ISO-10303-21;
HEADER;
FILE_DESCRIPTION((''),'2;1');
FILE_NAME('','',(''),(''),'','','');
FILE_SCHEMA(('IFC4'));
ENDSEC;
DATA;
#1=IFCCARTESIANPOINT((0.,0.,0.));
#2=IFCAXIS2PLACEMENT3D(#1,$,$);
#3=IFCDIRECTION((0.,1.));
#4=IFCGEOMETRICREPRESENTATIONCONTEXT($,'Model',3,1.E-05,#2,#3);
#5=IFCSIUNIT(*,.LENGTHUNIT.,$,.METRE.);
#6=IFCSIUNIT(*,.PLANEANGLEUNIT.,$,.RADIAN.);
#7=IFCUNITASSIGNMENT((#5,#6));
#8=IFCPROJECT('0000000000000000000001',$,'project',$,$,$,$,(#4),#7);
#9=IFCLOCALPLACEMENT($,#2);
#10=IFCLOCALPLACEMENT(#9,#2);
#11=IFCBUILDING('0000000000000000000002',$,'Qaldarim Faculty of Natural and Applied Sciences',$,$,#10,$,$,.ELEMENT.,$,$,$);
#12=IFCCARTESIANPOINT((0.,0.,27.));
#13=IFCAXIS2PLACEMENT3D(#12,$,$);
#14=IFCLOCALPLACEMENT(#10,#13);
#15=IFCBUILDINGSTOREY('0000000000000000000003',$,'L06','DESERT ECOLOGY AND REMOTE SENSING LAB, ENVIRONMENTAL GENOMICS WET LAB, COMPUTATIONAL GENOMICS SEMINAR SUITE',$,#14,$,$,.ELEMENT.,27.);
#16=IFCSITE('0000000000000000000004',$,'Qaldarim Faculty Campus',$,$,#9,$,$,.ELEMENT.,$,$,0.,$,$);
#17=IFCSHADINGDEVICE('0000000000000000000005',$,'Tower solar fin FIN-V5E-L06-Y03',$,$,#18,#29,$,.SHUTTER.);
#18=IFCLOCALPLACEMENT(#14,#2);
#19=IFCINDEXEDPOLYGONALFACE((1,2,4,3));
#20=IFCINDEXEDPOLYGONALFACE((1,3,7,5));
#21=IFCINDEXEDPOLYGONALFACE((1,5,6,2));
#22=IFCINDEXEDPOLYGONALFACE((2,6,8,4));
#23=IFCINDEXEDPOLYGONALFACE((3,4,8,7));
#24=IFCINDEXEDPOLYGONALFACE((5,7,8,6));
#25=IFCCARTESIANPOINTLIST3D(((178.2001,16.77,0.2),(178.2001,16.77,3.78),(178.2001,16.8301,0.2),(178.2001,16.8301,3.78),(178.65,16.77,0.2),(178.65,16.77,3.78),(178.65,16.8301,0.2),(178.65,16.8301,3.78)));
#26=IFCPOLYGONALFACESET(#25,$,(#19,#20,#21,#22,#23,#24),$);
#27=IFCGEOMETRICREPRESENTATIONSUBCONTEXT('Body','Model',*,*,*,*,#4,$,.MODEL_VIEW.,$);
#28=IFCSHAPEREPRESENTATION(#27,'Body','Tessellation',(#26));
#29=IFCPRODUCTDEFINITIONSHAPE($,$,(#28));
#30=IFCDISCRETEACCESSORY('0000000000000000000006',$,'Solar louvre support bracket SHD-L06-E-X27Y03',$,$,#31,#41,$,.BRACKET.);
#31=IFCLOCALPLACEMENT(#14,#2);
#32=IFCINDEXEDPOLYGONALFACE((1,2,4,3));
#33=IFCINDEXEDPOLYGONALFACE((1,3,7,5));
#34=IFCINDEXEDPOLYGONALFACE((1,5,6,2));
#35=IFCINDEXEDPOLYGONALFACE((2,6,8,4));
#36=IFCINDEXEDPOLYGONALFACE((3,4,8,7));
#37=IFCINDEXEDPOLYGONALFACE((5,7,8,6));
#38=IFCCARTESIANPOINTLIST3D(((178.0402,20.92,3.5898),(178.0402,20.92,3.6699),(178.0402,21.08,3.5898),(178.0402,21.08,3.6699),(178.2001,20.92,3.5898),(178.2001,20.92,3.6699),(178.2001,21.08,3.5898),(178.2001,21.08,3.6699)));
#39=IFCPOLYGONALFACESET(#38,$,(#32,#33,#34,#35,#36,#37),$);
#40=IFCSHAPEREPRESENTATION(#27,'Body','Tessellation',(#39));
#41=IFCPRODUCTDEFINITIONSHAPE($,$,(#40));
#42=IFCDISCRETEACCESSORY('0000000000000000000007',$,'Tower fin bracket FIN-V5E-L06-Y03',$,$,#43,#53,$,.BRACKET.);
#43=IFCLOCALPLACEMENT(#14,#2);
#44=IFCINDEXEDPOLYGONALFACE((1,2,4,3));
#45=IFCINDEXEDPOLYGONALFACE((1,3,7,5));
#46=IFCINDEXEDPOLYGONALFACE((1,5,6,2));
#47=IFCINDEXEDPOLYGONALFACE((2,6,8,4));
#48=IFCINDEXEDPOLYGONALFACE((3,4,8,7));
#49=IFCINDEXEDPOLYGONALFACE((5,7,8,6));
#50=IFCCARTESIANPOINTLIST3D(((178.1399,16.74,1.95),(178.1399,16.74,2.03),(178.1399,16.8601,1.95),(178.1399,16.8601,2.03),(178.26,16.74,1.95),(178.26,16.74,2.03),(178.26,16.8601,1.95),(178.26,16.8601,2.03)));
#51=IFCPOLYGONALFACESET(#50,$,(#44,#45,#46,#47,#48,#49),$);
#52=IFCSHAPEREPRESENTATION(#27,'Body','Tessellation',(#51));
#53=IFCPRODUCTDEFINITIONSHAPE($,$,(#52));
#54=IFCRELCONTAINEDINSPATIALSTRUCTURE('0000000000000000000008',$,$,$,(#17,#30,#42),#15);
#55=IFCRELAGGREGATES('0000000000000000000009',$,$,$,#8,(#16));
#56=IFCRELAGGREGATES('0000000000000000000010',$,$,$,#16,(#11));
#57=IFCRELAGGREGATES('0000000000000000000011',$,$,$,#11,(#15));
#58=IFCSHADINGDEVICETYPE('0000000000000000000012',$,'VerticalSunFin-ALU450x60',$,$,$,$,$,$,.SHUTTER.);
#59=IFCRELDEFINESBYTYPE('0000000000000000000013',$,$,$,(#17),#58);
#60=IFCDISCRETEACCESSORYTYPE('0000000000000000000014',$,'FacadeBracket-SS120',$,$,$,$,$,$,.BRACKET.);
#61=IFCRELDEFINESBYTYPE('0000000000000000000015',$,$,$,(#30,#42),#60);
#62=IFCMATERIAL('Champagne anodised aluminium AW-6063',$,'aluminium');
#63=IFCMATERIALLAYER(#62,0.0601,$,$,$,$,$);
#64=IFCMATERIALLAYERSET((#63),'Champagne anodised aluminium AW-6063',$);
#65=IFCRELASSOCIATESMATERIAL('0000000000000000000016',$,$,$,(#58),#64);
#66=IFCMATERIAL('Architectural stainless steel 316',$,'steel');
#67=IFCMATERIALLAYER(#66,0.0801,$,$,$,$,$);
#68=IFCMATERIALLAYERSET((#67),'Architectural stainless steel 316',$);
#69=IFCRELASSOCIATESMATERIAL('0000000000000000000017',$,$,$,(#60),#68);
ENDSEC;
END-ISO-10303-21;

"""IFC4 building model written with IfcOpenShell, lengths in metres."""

from ifc_helpers import new_model, si_unit, direction, frame, origin, origin_2d, place, context, subcontext, project, spatial, rectangle, extrude, material, layer, layer_set, type_object, element, save


model = new_model("IFC4")

# Units and contexts
model_context = context("Model", 3, precision=1e-05, world=origin(), true_north=direction((0.0, 1.0)))
body_context = subcontext(model_context, "Body", "Model", "MODEL_VIEW")
ifc_project = project(units=[si_unit("LENGTHUNIT", "METRE"), si_unit("PLANEANGLEUNIT", "RADIAN")], contexts=[model_context])

# Site, building, storey
site_placement = place(None, origin())
site = spatial("IfcSite", under=ifc_project, at=site_placement, Name="Qaldarim Faculty Campus", CompositionType="ELEMENT", RefElevation=0.0)
building_placement = place(site_placement, origin())
building = spatial("IfcBuilding", under=site, at=building_placement, Name="Qaldarim Faculty of Natural and Applied Sciences", CompositionType="ELEMENT")
storey_placement = place(building_placement, frame((0.0, 0.0, 27.0)))
storey = spatial("IfcBuildingStorey", under=building, at=storey_placement, Name="L06", Description="DESERT ECOLOGY AND REMOTE SENSING LAB, ENVIRONMENTAL GENOMICS WET LAB, COMPUTATIONAL GENOMICS SEMINAR SUITE", CompositionType="ELEMENT", Elevation=27.0)

# Shading device
ifc_material_1 = material(Name="Champagne anodised aluminium AW-6063", Category="aluminium")
ifc_layer_1 = layer(ifc_material_1, 0.0601)
ifc_layer_set_1 = layer_set([ifc_layer_1], Name="Champagne anodised aluminium AW-6063")
shading_device_type_1 = type_object("IfcShadingDeviceType", Name="VerticalSunFin-ALU450x60", PredefinedType="SHUTTER", material=ifc_layer_set_1)
shading_device_1_placement = place(storey_placement, frame((178.425, 16.8, 0.2), z_axis=(0.0, 0.0, 1.0), x_axis=(1.0, 0.0, 0.0)))
element("IfcShadingDevice", 1, at=shading_device_1_placement, inside=storey, type_object=shading_device_type_1, Name="Tower solar fin FIN-V5E-L06-Y03", PredefinedType="SHUTTER", context=body_context, shape_type="SweptSolid", body=[
    extrude(rectangle(XDim=0.45, YDim=0.0601, at=origin_2d()), origin(), (0.0, 0.0, 1.0), 3.5801),
])

# Discrete accessories
ifc_material_2 = material(Name="Architectural stainless steel 316", Category="steel")
ifc_layer_2 = layer(ifc_material_2, 0.0801)
ifc_layer_set_2 = layer_set([ifc_layer_2], Name="Architectural stainless steel 316")
discrete_accessory_type = type_object("IfcDiscreteAccessoryType", Name="FacadeBracket-SS120", PredefinedType="BRACKET", material=ifc_layer_set_2)
discrete_accessory_1_placement = place(storey_placement, frame((178.1201, 21.0, 3.5898), z_axis=(0.0, 0.0, 1.0), x_axis=(0.0, 1.0, 0.0)))
element("IfcDiscreteAccessory", 2, at=discrete_accessory_1_placement, inside=storey, type_object=discrete_accessory_type, Name="Solar louvre support bracket SHD-L06-E-X27Y03", PredefinedType="BRACKET", context=body_context, shape_type="SweptSolid", body=[
    extrude(rectangle(XDim=0.1599, YDim=0.1599, at=origin_2d()), origin(), (0.0, 0.0, 1.0), 0.0801),
])
discrete_accessory_2_placement = place(storey_placement, frame((178.2, 16.8, 1.95), z_axis=(0.0, 0.0, 1.0), x_axis=(1.0, 0.0, 0.0)))
element("IfcDiscreteAccessory", 3, at=discrete_accessory_2_placement, inside=storey, type_object=discrete_accessory_type, Name="Tower fin bracket FIN-V5E-L06-Y03", PredefinedType="BRACKET", context=body_context, shape_type="SweptSolid", body=[
    extrude(rectangle(XDim=0.1201, YDim=0.1201, at=origin_2d()), origin(), (0.0, 0.0, 1.0), 0.0801),
])

save(model, "model.ifc")
